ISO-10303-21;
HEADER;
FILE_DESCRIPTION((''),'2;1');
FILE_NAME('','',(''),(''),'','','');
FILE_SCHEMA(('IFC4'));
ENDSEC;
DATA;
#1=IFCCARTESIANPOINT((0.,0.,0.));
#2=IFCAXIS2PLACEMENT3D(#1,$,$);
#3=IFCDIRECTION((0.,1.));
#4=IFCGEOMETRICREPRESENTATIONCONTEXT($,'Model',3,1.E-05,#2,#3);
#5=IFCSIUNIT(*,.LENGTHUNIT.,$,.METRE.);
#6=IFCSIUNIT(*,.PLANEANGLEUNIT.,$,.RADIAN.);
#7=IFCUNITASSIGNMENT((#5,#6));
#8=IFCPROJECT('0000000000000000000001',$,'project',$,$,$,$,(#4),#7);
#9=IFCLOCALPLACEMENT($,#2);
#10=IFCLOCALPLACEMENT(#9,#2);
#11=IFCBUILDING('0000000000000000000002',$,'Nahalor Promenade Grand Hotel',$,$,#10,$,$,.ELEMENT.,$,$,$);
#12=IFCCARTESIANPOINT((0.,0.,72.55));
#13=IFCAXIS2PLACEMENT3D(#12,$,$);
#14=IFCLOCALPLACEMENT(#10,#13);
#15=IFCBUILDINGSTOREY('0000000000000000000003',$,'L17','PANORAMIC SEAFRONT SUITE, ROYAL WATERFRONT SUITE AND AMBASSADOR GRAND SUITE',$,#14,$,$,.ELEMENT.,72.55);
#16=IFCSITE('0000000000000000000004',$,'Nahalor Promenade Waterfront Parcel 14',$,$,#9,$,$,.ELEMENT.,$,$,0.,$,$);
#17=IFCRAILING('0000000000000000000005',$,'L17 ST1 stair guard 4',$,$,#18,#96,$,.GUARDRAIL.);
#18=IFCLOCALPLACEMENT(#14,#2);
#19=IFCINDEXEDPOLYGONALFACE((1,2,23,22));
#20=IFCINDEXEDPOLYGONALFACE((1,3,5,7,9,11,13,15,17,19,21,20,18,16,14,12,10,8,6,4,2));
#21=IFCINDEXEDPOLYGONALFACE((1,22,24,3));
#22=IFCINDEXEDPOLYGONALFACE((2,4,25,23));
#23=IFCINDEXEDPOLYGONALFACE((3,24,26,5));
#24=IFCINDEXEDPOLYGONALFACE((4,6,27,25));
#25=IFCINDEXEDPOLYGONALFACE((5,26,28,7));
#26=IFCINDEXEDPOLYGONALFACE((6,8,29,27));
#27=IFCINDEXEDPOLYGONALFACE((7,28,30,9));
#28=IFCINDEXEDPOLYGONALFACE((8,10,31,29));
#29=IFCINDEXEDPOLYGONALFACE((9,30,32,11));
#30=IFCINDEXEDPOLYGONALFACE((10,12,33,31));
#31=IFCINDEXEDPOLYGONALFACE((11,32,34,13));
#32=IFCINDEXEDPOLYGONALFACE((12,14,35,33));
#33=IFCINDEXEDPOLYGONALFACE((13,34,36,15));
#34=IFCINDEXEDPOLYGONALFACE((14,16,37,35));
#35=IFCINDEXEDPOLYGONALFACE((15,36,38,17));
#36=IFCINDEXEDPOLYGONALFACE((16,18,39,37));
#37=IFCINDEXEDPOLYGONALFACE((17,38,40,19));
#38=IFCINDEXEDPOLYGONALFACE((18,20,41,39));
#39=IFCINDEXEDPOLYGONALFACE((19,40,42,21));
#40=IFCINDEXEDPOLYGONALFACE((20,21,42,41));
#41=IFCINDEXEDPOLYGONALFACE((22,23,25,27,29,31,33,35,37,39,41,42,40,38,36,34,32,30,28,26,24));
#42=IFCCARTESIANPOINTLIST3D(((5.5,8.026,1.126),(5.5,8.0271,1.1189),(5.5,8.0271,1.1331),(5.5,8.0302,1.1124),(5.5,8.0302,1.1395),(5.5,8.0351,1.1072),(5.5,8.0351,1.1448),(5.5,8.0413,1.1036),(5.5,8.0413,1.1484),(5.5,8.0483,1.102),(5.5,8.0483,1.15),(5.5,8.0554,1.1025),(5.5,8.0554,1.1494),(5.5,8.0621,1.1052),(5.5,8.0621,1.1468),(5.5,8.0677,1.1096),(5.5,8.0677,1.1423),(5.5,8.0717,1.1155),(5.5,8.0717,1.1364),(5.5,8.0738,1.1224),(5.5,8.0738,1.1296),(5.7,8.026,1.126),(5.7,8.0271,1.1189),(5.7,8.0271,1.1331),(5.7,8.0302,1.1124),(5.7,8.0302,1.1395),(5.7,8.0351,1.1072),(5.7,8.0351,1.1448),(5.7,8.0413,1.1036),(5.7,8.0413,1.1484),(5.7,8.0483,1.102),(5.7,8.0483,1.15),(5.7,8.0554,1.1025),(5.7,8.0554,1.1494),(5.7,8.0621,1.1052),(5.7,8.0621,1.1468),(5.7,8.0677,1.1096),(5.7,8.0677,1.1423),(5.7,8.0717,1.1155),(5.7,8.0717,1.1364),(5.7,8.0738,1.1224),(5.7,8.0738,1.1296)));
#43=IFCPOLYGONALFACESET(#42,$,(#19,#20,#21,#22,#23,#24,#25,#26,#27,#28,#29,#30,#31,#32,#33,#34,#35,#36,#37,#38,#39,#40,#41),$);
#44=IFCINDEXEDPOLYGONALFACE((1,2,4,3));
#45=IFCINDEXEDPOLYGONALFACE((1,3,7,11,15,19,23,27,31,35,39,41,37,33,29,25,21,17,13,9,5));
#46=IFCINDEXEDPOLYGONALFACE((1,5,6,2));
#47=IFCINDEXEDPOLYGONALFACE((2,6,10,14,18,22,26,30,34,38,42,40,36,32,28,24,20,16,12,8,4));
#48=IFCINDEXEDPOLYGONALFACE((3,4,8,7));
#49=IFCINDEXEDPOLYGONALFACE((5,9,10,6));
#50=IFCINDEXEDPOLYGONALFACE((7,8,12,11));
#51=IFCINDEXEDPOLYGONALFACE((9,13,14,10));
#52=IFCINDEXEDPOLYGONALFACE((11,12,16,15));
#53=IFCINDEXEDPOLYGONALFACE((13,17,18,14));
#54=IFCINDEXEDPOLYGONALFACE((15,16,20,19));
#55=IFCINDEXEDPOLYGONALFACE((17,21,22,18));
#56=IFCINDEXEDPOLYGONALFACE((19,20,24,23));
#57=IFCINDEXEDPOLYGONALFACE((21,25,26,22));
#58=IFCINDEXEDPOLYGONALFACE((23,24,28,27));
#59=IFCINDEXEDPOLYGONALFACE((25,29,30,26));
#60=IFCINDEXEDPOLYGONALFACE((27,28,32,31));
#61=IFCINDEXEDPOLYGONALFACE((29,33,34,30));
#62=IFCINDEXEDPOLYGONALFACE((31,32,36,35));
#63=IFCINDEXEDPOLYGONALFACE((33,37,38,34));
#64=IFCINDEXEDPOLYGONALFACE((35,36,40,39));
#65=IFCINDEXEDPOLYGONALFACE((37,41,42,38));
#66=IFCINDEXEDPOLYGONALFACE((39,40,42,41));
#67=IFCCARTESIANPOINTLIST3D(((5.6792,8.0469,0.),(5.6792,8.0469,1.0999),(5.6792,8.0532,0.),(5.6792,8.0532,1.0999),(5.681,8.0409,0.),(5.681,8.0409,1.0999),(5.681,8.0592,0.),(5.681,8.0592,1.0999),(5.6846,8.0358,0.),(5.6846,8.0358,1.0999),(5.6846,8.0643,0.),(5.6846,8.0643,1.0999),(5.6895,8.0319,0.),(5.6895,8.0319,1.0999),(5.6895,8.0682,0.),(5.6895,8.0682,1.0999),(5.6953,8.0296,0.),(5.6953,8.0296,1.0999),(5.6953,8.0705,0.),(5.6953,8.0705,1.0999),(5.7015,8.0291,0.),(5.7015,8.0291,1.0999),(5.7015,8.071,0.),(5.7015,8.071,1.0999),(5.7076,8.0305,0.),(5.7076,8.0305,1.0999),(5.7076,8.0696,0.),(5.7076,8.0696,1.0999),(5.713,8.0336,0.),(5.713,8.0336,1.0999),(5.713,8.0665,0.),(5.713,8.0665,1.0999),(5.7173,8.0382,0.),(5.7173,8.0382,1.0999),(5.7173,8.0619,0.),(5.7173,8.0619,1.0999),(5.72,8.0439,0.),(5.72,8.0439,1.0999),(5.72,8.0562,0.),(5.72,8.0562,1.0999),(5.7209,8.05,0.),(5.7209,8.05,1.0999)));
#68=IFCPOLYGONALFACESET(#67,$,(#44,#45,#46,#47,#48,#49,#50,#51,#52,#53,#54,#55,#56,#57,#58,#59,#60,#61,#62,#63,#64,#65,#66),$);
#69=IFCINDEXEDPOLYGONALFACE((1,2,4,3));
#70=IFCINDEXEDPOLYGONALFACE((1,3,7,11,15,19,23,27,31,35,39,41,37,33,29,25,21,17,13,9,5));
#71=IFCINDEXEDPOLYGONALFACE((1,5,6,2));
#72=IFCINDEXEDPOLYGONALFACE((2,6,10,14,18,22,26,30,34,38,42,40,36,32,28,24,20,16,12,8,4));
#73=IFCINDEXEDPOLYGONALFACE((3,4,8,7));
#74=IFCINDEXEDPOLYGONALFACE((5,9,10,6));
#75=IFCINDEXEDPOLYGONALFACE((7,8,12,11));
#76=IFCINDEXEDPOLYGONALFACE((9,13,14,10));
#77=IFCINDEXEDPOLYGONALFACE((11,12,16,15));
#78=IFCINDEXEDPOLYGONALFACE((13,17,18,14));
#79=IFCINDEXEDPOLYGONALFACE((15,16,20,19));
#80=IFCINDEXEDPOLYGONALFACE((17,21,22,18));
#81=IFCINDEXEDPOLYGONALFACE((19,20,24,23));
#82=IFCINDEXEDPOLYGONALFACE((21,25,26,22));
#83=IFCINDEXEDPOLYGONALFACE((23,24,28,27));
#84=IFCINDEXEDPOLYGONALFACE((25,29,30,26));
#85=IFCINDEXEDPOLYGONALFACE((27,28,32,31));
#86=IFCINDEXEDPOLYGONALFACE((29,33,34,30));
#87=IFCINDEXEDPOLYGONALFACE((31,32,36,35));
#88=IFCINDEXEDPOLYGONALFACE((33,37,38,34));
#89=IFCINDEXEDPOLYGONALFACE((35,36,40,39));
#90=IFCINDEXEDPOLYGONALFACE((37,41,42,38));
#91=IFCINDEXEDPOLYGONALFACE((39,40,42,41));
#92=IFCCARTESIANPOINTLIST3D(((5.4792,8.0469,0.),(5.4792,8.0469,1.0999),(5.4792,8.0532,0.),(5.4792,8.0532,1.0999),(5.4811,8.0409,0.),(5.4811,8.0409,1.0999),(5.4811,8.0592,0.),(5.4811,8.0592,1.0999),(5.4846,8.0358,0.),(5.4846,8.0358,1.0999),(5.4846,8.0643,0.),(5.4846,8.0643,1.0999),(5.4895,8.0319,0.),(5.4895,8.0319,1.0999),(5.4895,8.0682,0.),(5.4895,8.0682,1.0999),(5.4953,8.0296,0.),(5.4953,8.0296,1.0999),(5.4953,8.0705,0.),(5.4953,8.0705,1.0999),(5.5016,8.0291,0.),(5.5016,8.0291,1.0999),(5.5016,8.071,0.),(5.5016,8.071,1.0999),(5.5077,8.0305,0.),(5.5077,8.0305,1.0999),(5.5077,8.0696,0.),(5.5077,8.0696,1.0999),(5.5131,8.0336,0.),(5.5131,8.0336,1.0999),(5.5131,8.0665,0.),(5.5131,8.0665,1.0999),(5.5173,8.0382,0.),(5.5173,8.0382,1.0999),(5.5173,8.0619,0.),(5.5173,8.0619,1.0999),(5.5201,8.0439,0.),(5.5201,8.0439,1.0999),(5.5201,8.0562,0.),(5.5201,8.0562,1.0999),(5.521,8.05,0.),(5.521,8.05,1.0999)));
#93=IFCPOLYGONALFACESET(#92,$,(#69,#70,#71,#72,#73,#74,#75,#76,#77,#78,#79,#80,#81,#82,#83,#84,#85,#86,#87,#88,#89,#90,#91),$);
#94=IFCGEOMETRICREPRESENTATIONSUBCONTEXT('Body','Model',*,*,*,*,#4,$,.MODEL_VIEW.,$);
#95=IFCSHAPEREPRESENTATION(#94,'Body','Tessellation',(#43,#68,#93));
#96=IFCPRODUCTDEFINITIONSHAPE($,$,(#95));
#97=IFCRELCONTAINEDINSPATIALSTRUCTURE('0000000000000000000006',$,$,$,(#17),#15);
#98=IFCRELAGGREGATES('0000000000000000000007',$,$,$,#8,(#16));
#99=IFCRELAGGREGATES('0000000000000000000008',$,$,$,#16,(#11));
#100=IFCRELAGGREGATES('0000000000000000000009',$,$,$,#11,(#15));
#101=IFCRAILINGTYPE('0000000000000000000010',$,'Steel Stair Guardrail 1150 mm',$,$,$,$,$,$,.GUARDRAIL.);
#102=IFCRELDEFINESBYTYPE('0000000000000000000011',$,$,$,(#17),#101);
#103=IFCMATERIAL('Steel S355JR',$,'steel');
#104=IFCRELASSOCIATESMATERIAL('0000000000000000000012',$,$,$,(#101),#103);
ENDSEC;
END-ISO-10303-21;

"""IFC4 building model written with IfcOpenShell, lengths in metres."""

from ifc_helpers import new_model, si_unit, direction, frame, origin, origin_2d, place, context, subcontext, project, spatial, circle, extrude, material, type_object, element, save


model = new_model("IFC4")

# Units and contexts
model_context = context("Model", 3, precision=1e-05, world=origin(), true_north=direction((0.0, 1.0)))
body_context = subcontext(model_context, "Body", "Model", "MODEL_VIEW")
ifc_project = project(units=[si_unit("LENGTHUNIT", "METRE"), si_unit("PLANEANGLEUNIT", "RADIAN")], contexts=[model_context])

# Site, building, storey
site_placement = place(None, origin())
site = spatial("IfcSite", under=ifc_project, at=site_placement, Name="Nahalor Promenade Waterfront Parcel 14", CompositionType="ELEMENT", RefElevation=0.0)
building_placement = place(site_placement, origin())
building = spatial("IfcBuilding", under=site, at=building_placement, Name="Nahalor Promenade Grand Hotel", CompositionType="ELEMENT")
storey_placement = place(building_placement, frame((0.0, 0.0, 72.55)))
storey = spatial("IfcBuildingStorey", under=building, at=storey_placement, Name="L17", Description="PANORAMIC SEAFRONT SUITE, ROYAL WATERFRONT SUITE AND AMBASSADOR GRAND SUITE", CompositionType="ELEMENT", Elevation=72.55)

# Shared definitions
ifc_material_1 = material(Name="Steel S355JR", Category="steel")

# Railing
railing_type_1 = type_object("IfcRailingType", Name="Steel Stair Guardrail 1150 mm", PredefinedType="GUARDRAIL", material=ifc_material_1)
railing_1_placement = place(storey_placement, frame((5.7, 8.05, 0.0)))
element("IfcRailing", 1, at=railing_1_placement, inside=storey, type_object=railing_type_1, Name="L17 ST1 stair guard 4", PredefinedType="GUARDRAIL", context=body_context, shape_type="SweptSolid", body=[
    extrude(circle(Radius=0.024, at=origin_2d()), frame((0.0, 0.0, 1.126), z_axis=(-1.0, 0.0, 0.0), x_axis=(0.0, -1.0, 0.0)), (0.0, 0.0, 1.0), 0.2),
    extrude(circle(Radius=0.021, at=origin_2d()), origin(), (0.0, 0.0, 1.0), 1.0999),
    extrude(circle(Radius=0.021, at=origin_2d()), frame((-0.2, 0.0, 0.0)), (0.0, 0.0, 1.0), 1.0999),
])

save(model, "model.ifc")
